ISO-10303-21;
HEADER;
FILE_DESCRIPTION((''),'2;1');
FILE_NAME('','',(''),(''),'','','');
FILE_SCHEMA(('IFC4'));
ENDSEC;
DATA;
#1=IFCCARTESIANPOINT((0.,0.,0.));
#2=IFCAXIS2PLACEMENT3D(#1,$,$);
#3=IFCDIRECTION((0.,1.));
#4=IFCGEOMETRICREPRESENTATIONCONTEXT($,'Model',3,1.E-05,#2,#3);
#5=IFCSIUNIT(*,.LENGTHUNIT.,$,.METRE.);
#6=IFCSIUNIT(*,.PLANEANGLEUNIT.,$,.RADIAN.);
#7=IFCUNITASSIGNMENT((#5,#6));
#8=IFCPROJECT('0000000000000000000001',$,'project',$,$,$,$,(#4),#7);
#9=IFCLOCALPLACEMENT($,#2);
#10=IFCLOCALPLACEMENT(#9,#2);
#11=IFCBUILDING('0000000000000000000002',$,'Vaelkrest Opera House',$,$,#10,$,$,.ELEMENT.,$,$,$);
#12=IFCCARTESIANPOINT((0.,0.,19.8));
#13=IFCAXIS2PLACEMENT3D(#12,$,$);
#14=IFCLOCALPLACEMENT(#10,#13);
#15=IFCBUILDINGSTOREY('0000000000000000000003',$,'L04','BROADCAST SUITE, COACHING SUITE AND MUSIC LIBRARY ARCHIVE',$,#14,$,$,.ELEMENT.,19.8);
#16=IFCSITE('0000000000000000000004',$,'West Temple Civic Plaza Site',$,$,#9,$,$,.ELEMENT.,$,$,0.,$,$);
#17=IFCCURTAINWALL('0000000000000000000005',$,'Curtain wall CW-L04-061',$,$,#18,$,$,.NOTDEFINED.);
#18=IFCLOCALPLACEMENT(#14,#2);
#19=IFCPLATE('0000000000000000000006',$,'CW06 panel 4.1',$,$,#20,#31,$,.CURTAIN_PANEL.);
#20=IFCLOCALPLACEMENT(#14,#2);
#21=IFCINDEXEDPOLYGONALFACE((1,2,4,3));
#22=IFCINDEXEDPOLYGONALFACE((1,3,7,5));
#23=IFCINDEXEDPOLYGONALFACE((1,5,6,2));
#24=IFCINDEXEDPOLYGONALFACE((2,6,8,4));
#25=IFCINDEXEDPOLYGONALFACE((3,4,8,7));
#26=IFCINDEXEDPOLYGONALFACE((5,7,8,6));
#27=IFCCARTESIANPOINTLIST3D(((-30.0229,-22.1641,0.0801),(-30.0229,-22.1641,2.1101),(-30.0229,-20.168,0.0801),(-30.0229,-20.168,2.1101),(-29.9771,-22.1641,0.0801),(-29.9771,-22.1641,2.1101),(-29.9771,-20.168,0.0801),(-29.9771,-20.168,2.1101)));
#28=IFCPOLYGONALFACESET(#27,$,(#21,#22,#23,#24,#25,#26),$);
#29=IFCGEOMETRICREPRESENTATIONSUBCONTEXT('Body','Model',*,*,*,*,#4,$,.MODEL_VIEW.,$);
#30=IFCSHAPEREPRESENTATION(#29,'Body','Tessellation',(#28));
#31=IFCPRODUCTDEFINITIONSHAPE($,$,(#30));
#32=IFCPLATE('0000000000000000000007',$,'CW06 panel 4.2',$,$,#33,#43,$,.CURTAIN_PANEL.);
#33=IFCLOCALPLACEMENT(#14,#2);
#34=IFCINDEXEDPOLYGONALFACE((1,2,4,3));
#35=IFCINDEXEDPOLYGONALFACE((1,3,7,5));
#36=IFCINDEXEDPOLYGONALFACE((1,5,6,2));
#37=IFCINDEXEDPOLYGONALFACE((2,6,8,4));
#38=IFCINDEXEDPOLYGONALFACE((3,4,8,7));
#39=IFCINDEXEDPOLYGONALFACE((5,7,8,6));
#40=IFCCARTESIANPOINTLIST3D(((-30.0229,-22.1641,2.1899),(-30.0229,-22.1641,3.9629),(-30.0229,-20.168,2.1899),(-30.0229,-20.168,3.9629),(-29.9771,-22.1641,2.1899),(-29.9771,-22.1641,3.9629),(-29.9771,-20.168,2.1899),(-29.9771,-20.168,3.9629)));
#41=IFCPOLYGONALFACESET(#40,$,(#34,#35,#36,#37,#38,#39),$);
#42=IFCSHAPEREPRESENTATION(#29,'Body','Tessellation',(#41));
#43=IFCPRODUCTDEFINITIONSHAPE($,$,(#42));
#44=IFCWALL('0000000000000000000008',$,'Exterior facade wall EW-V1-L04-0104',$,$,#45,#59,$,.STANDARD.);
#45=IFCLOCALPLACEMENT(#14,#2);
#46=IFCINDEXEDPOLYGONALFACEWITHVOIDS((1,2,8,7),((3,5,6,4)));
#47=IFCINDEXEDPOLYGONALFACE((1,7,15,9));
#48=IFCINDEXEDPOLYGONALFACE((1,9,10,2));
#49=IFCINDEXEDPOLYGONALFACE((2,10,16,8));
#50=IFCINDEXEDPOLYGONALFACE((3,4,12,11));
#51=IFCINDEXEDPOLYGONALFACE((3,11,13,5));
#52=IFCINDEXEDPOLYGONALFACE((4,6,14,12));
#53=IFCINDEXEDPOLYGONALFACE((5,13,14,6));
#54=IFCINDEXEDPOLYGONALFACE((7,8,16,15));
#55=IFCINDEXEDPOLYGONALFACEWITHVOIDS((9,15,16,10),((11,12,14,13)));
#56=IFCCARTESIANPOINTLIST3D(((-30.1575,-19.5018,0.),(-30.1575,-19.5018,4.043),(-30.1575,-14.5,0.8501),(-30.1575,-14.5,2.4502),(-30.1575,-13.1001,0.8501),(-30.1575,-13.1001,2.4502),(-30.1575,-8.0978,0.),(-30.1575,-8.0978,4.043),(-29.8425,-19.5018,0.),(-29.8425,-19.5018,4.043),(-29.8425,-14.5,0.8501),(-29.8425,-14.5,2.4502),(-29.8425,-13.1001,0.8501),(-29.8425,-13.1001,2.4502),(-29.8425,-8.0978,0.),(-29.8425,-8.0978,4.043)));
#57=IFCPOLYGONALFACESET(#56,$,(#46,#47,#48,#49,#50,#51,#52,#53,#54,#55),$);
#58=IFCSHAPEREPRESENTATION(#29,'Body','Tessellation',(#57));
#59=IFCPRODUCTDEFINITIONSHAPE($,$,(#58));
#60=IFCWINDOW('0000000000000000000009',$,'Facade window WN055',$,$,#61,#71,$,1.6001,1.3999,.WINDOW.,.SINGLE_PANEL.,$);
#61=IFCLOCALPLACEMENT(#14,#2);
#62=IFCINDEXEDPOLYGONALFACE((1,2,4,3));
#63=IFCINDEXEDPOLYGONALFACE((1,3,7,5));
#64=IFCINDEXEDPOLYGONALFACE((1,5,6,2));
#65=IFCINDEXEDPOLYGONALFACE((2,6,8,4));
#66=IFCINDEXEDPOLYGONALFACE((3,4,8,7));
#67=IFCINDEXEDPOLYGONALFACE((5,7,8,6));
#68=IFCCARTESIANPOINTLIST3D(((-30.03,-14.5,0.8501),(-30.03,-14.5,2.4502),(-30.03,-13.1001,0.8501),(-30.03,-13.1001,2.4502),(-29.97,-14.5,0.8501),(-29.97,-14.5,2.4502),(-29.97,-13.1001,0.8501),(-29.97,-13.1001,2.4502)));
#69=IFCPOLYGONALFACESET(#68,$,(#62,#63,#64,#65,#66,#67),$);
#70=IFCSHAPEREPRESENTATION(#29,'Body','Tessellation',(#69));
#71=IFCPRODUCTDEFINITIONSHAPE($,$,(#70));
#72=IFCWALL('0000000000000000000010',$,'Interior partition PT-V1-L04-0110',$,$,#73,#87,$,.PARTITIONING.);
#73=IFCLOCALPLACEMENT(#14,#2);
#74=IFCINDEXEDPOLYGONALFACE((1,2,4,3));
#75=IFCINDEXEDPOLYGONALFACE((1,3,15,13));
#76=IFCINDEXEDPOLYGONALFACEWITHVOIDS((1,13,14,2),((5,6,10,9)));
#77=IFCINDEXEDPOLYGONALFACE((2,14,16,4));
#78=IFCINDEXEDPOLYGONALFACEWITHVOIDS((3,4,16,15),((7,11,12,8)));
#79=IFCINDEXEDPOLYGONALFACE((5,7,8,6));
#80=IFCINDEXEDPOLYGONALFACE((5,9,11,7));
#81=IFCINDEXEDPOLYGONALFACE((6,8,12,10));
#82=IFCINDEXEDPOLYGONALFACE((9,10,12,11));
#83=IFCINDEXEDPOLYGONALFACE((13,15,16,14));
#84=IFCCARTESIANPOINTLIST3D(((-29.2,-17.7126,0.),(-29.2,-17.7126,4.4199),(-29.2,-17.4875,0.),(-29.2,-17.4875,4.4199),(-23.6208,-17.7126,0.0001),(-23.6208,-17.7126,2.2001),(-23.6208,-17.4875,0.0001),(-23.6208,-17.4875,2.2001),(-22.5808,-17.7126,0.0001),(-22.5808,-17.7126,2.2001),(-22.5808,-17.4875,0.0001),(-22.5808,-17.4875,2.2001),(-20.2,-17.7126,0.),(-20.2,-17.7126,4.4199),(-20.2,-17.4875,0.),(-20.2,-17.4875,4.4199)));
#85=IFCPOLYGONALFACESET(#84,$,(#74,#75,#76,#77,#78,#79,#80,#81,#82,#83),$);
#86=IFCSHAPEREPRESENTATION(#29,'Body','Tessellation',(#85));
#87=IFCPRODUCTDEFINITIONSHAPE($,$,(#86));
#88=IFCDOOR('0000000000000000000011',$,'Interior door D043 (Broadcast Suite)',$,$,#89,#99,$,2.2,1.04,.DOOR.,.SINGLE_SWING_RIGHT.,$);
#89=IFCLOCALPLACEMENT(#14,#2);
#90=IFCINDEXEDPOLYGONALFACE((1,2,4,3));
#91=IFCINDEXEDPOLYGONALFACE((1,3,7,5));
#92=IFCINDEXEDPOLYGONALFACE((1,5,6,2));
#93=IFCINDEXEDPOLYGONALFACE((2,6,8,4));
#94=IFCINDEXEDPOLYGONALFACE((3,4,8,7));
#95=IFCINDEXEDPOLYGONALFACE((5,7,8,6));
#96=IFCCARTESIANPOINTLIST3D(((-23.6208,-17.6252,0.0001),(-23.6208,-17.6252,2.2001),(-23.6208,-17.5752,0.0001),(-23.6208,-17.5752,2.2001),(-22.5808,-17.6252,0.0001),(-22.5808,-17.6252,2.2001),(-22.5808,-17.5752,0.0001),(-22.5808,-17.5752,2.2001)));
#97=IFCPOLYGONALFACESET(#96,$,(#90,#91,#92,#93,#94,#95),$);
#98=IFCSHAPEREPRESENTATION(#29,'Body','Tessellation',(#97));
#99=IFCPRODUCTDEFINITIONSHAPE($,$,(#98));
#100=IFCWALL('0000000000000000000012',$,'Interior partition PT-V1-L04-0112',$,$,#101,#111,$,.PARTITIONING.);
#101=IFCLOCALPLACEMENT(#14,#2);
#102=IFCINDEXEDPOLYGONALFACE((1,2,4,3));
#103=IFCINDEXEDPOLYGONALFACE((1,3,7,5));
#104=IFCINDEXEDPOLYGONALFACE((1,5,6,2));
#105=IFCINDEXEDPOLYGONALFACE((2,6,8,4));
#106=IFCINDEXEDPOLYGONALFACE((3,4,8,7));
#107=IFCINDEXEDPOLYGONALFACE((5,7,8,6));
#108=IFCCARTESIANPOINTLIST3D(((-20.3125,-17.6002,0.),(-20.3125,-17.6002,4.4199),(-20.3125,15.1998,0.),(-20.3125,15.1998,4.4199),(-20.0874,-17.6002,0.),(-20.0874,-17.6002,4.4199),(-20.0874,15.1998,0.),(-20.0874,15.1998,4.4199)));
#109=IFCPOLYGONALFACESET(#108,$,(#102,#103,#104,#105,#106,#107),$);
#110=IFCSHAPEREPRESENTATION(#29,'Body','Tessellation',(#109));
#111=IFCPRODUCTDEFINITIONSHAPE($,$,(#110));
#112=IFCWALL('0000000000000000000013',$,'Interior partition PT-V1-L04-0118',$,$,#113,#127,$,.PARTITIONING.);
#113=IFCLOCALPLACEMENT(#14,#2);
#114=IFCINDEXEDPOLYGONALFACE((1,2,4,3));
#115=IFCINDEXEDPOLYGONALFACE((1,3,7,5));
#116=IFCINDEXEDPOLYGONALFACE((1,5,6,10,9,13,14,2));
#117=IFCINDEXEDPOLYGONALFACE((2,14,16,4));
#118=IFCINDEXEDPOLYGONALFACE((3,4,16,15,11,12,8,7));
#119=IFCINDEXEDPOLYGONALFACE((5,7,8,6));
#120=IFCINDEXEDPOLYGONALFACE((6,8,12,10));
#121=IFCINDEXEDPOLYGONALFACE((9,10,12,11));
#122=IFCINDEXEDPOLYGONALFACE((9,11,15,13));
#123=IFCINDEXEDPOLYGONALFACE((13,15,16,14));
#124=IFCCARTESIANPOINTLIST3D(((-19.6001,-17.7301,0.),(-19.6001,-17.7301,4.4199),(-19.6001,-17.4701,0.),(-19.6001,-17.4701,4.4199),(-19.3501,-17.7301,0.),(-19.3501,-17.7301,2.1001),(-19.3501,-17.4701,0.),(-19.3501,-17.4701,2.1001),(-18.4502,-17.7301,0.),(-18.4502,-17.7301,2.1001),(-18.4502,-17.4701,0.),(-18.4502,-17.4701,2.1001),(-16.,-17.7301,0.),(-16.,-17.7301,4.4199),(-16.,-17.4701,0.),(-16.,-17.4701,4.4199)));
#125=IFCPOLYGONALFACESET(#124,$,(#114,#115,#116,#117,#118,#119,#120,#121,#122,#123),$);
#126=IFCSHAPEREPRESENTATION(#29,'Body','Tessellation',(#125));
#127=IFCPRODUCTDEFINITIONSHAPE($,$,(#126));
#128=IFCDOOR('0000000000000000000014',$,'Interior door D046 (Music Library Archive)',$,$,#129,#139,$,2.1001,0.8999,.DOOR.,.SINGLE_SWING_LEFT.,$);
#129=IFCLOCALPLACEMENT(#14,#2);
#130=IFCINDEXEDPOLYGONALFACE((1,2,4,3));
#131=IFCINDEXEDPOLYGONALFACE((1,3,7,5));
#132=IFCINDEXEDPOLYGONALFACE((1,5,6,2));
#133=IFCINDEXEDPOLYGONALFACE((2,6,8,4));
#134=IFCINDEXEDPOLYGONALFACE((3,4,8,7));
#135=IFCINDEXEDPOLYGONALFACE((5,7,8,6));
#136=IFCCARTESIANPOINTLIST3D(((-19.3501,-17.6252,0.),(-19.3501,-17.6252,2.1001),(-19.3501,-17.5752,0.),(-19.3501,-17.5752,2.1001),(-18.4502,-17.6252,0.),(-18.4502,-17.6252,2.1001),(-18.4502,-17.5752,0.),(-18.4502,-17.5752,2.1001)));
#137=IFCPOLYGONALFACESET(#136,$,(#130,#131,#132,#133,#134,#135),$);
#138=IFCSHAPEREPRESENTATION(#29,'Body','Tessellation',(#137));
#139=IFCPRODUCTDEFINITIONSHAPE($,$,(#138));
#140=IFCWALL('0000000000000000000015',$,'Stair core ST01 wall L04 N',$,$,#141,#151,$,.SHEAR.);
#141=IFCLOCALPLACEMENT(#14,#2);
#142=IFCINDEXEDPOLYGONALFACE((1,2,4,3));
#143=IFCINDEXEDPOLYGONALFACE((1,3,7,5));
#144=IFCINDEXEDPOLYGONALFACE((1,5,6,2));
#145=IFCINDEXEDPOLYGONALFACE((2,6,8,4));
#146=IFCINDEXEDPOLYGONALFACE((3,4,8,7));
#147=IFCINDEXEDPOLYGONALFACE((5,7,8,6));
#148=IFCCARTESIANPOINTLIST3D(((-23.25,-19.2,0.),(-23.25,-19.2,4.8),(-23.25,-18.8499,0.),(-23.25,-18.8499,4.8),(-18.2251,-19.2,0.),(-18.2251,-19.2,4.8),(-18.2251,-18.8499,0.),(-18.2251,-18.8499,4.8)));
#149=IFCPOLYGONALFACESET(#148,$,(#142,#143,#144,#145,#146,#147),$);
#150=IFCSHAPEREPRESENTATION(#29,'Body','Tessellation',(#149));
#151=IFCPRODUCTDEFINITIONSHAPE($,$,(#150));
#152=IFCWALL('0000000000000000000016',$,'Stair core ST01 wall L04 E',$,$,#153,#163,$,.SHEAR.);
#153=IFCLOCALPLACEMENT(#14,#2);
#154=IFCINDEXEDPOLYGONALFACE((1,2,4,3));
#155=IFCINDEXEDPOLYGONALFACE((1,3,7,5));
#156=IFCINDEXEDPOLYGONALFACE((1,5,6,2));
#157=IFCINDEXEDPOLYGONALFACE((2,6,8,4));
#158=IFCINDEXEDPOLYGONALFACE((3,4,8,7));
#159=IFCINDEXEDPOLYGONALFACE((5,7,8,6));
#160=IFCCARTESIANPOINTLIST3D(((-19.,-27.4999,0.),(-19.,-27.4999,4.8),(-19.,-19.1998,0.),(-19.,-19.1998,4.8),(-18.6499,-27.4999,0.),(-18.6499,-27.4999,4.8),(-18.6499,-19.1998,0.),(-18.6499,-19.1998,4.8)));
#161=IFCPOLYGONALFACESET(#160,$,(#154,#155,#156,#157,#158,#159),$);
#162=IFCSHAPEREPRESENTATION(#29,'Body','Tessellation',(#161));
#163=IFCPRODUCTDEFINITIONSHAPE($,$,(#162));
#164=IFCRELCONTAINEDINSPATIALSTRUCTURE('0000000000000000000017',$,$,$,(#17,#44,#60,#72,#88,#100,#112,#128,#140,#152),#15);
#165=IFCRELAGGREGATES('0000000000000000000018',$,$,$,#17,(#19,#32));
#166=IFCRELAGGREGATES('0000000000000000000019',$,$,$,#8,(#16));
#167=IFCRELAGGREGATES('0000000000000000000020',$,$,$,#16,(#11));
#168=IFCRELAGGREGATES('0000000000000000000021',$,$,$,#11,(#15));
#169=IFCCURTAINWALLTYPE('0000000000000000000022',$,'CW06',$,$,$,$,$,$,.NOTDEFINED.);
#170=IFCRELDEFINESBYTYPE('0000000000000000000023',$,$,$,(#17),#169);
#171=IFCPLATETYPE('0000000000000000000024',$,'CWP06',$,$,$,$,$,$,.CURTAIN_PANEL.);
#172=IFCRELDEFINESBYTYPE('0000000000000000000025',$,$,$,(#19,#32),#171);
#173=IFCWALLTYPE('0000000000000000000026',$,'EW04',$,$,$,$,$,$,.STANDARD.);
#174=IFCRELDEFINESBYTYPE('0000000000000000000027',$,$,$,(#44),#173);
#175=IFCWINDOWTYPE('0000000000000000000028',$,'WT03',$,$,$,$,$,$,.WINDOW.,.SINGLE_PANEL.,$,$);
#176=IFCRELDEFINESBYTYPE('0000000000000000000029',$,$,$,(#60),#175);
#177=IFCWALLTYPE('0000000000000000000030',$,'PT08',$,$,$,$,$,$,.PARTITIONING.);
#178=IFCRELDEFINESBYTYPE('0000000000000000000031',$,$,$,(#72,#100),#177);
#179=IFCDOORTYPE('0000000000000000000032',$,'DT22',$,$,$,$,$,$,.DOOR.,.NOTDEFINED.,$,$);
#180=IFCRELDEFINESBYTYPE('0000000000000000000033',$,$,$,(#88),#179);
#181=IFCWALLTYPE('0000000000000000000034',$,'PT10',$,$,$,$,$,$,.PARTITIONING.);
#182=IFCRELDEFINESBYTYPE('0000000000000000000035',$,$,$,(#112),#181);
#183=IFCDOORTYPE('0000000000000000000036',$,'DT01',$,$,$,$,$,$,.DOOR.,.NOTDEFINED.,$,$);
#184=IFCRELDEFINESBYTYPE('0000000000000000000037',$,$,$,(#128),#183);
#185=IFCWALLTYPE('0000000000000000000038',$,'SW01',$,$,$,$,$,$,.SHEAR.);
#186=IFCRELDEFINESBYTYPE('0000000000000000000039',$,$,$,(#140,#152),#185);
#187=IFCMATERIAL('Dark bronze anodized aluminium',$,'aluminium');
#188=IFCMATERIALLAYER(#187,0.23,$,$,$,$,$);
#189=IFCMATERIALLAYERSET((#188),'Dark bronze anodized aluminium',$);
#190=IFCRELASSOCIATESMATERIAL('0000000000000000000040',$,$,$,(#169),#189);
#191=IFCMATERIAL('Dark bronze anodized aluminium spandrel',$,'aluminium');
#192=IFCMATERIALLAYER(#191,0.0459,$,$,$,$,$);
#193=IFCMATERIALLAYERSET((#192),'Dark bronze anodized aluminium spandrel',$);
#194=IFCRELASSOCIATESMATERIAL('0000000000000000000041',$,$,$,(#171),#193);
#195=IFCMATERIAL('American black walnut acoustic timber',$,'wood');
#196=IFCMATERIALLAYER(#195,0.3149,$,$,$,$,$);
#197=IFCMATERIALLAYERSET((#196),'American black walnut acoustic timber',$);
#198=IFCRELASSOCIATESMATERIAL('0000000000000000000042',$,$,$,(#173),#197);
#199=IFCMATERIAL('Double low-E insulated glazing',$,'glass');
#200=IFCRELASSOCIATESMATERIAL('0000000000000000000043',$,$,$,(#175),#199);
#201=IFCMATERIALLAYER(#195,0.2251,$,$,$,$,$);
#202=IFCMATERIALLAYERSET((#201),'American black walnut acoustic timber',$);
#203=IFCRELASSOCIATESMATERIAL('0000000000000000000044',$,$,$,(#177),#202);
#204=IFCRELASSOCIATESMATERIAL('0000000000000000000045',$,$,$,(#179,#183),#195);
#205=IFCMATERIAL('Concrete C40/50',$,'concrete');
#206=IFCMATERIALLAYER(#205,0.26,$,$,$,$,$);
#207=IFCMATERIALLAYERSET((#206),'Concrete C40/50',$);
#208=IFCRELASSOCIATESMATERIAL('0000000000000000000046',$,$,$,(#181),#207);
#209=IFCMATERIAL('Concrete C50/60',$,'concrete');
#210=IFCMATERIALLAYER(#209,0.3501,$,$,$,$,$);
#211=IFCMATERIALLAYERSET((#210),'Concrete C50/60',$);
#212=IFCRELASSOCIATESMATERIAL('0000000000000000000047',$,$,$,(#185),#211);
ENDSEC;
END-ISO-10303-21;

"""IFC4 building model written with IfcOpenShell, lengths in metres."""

from ifc_helpers import new_model, si_unit, direction, frame, frame_2d, origin, origin_2d, place, context, subcontext, project, spatial, rectangle, extrude, material, layer, layer_set, type_object, element, fill, aggregate, save


model = new_model("IFC4")

# Units and contexts
model_context = context("Model", 3, precision=1e-05, world=origin(), true_north=direction((0.0, 1.0)))
body_context = subcontext(model_context, "Body", "Model", "MODEL_VIEW")
ifc_project = project(units=[si_unit("LENGTHUNIT", "METRE"), si_unit("PLANEANGLEUNIT", "RADIAN")], contexts=[model_context])

# Site, building, storey
site_placement = place(None, origin())
site = spatial("IfcSite", under=ifc_project, at=site_placement, Name="West Temple Civic Plaza Site", CompositionType="ELEMENT", RefElevation=0.0)
building_placement = place(site_placement, origin())
building = spatial("IfcBuilding", under=site, at=building_placement, Name="Vaelkrest Opera House", CompositionType="ELEMENT")
storey_placement = place(building_placement, frame((0.0, 0.0, 19.8)))
storey = spatial("IfcBuildingStorey", under=building, at=storey_placement, Name="L04", Description="BROADCAST SUITE, COACHING SUITE AND MUSIC LIBRARY ARCHIVE", CompositionType="ELEMENT", Elevation=19.8)

# Shared definitions
ifc_material_1 = material(Name="Concrete C50/60", Category="concrete")

# Curtain wall
ifc_material_2 = material(Name="Dark bronze anodized aluminium", Category="aluminium")
ifc_layer_1 = layer(ifc_material_2, 0.23)
ifc_layer_set_1 = layer_set([ifc_layer_1], Name="Dark bronze anodized aluminium")
curtain_wall_type = type_object("IfcCurtainWallType", Name="CW06", PredefinedType="NOTDEFINED", material=ifc_layer_set_1)
curtain_wall_placement = place(storey_placement, origin())
curtain_wall = element("IfcCurtainWall", 1, at=curtain_wall_placement, inside=storey, type_object=curtain_wall_type, Name="Curtain wall CW-L04-061", PredefinedType="NOTDEFINED")

# Plates
ifc_material_3 = material(Name="Dark bronze anodized aluminium spandrel", Category="aluminium")
ifc_layer_2 = layer(ifc_material_3, 0.0459)
ifc_layer_set_2 = layer_set([ifc_layer_2], Name="Dark bronze anodized aluminium spandrel")
plate_type = type_object("IfcPlateType", Name="CWP06", PredefinedType="CURTAIN_PANEL", material=ifc_layer_set_2)
plate_1_placement = place(storey_placement, frame((-30.0, -21.166, 0.0801), z_axis=(0.0, 0.0, 1.0), x_axis=(0.0, 1.0, 0.0)))
plate_1 = element("IfcPlate", 2, at=plate_1_placement, type_object=plate_type, Name="CW06 panel 4.1", PredefinedType="CURTAIN_PANEL", context=body_context, shape_type="SweptSolid", body=[
    extrude(rectangle(XDim=1.9961, YDim=0.0459, at=origin_2d()), origin(), (0.0, 0.0, 1.0), 2.03),
])
plate_2_placement = place(storey_placement, frame((-30.0, -21.166, 2.1899), z_axis=(0.0, 0.0, 1.0), x_axis=(0.0, 1.0, 0.0)))
plate_2 = element("IfcPlate", 3, at=plate_2_placement, type_object=plate_type, Name="CW06 panel 4.2", PredefinedType="CURTAIN_PANEL", context=body_context, shape_type="SweptSolid", body=[
    extrude(rectangle(XDim=1.9961, YDim=0.0459, at=origin_2d()), origin(), (0.0, 0.0, 1.0), 1.7729),
])
aggregate(curtain_wall, [plate_1, plate_2])

# Wall, opening, window
ifc_material_4 = material(Name="American black walnut acoustic timber", Category="wood")
ifc_layer_3 = layer(ifc_material_4, 0.3149)
ifc_layer_set_3 = layer_set([ifc_layer_3], Name="American black walnut acoustic timber")
wall_type_1 = type_object("IfcWallType", Name="EW04", PredefinedType="STANDARD", material=ifc_layer_set_3)
wall_1_placement = place(storey_placement, frame((-30.0, -19.502, 0.0), z_axis=(0.0, 0.0, 1.0), x_axis=(0.0, 1.0, 0.0)))
wall_1 = element("IfcWall", 4, at=wall_1_placement, inside=storey, type_object=wall_type_1, Name="Exterior facade wall EW-V1-L04-0104", PredefinedType="STANDARD", context=body_context, shape_type="SweptSolid", body=[
    extrude(rectangle(XDim=11.4041, YDim=0.3149, at=frame_2d((5.7021, 0.0))), origin(), (0.0, 0.0, 1.0), 4.043),
])
opening_1_placement = place(wall_1_placement, frame((5.002, 0.0, 0.8501)))
opening_1 = element("IfcOpeningElement", 5, at=opening_1_placement, cuts=wall_1, PredefinedType="OPENING", context=body_context, shape_type="SweptSolid", body=[
    extrude(rectangle(XDim=1.3999, YDim=1.6001, at=frame_2d((0.7, 0.8))), frame((0.0, 0.1675, 0.0), z_axis=(0.0, -1.0, 0.0), x_axis=(1.0, 0.0, 0.0)), (0.0, 0.0, 1.0), 0.335),
])
ifc_material_5 = material(Name="Double low-E insulated glazing", Category="glass")
window_type = type_object("IfcWindowType", Name="WT03", PartitioningType="SINGLE_PANEL", PredefinedType="WINDOW", material=ifc_material_5)
window_placement = place(opening_1_placement, origin())
window = element("IfcWindow", 6, at=window_placement, inside=storey, type_object=window_type, Name="Facade window WN055", OverallHeight=1.6001, OverallWidth=1.3999, PartitioningType="SINGLE_PANEL", PredefinedType="WINDOW", context=body_context, shape_type="SweptSolid", body=[
    extrude(rectangle(XDim=1.3999, YDim=1.6001, at=frame_2d((0.7, 0.8))), frame((0.0, 0.03, 0.0), z_axis=(0.0, -1.0, 0.0), x_axis=(1.0, 0.0, 0.0)), (0.0, 0.0, 1.0), 0.0601),
])
fill(opening_1, window)

# Wall, opening, door
ifc_layer_4 = layer(ifc_material_4, 0.2251)
ifc_layer_set_4 = layer_set([ifc_layer_4], Name="American black walnut acoustic timber")
wall_type_2 = type_object("IfcWallType", Name="PT08", PredefinedType="PARTITIONING", material=ifc_layer_set_4)
wall_2_placement = place(storey_placement, frame((-29.2, -17.6001, 0.0), z_axis=(0.0, 0.0, 1.0), x_axis=(1.0, 0.0, 0.0)))
wall_2 = element("IfcWall", 7, at=wall_2_placement, inside=storey, type_object=wall_type_2, Name="Interior partition PT-V1-L04-0110", PredefinedType="PARTITIONING", context=body_context, shape_type="SweptSolid", body=[
    extrude(rectangle(XDim=9.0, YDim=0.2251, at=frame_2d((4.5, 0.0))), origin(), (0.0, 0.0, 1.0), 4.4199),
])
opening_2_placement = place(wall_2_placement, frame((5.5791, 0.0, 0.0)))
opening_2 = element("IfcOpeningElement", 8, at=opening_2_placement, cuts=wall_2, PredefinedType="OPENING", context=body_context, shape_type="SweptSolid", body=[
    extrude(rectangle(XDim=1.04, YDim=2.2, at=frame_2d((0.52, 1.1001))), frame((0.0, 0.1226, 0.0), z_axis=(0.0, -1.0, 0.0), x_axis=(1.0, 0.0, 0.0)), (0.0, 0.0, 1.0), 0.2451),
])
door_type_1 = type_object("IfcDoorType", Name="DT22", OperationType="NOTDEFINED", PredefinedType="DOOR", material=ifc_material_4)
door_1_placement = place(opening_2_placement, origin())
door_1 = element("IfcDoor", 9, at=door_1_placement, inside=storey, type_object=door_type_1, Name="Interior door D043 (Broadcast Suite)", OperationType="SINGLE_SWING_RIGHT", OverallHeight=2.2, OverallWidth=1.04, PredefinedType="DOOR", context=body_context, shape_type="SweptSolid", body=[
    extrude(rectangle(XDim=1.04, YDim=2.2, at=frame_2d((0.52, 1.1001))), frame((0.0, 0.0249, 0.0), z_axis=(0.0, -1.0, 0.0), x_axis=(1.0, 0.0, 0.0)), (0.0, 0.0, 1.0), 0.05),
])
fill(opening_2, door_1)

# Wall
wall_3_placement = place(storey_placement, frame((-20.2, -17.6001, 0.0), z_axis=(0.0, 0.0, 1.0), x_axis=(0.0, 1.0, 0.0)))
element("IfcWall", 10, at=wall_3_placement, inside=storey, type_object=wall_type_2, Name="Interior partition PT-V1-L04-0112", PredefinedType="PARTITIONING", context=body_context, shape_type="SweptSolid", body=[
    extrude(rectangle(XDim=32.8, YDim=0.2251, at=frame_2d((16.3999, 0.0))), origin(), (0.0, 0.0, 1.0), 4.4199),
])

# Wall, opening, door
ifc_material_6 = material(Name="Concrete C40/50", Category="concrete")
ifc_layer_5 = layer(ifc_material_6, 0.26)
ifc_layer_set_5 = layer_set([ifc_layer_5], Name="Concrete C40/50")
wall_type_3 = type_object("IfcWallType", Name="PT10", PredefinedType="PARTITIONING", material=ifc_layer_set_5)
wall_4_placement = place(storey_placement, frame((-19.6001, -17.6001, 0.0), z_axis=(0.0, 0.0, 1.0), x_axis=(1.0, 0.0, 0.0)))
wall_4 = element("IfcWall", 11, at=wall_4_placement, inside=storey, type_object=wall_type_3, Name="Interior partition PT-V1-L04-0118", PredefinedType="PARTITIONING", context=body_context, shape_type="SweptSolid", body=[
    extrude(rectangle(XDim=3.6001, YDim=0.26, at=frame_2d((1.8, 0.0))), origin(), (0.0, 0.0, 1.0), 4.4199),
])
opening_3_placement = place(wall_4_placement, frame((0.25, 0.0, 0.0)))
opening_3 = element("IfcOpeningElement", 12, at=opening_3_placement, cuts=wall_4, PredefinedType="OPENING", context=body_context, shape_type="SweptSolid", body=[
    extrude(rectangle(XDim=0.8999, YDim=2.1001, at=frame_2d((0.45, 1.05))), frame((0.0, 0.1399, 0.0), z_axis=(0.0, -1.0, 0.0), x_axis=(1.0, 0.0, 0.0)), (0.0, 0.0, 1.0), 0.28),
])
door_type_2 = type_object("IfcDoorType", Name="DT01", OperationType="NOTDEFINED", PredefinedType="DOOR", material=ifc_material_4)
door_2_placement = place(opening_3_placement, origin())
door_2 = element("IfcDoor", 13, at=door_2_placement, inside=storey, type_object=door_type_2, Name="Interior door D046 (Music Library Archive)", OperationType="SINGLE_SWING_LEFT", OverallHeight=2.1001, OverallWidth=0.8999, PredefinedType="DOOR", context=body_context, shape_type="SweptSolid", body=[
    extrude(rectangle(XDim=0.8999, YDim=2.1001, at=frame_2d((0.45, 1.05))), frame((0.0, 0.0249, 0.0), z_axis=(0.0, -1.0, 0.0), x_axis=(1.0, 0.0, 0.0)), (0.0, 0.0, 1.0), 0.05),
])
fill(opening_3, door_2)

# Walls
ifc_layer_6 = layer(ifc_material_1, 0.3501)
ifc_layer_set_6 = layer_set([ifc_layer_6], Name="Concrete C50/60")
wall_type_4 = type_object("IfcWallType", Name="SW01", PredefinedType="SHEAR", material=ifc_layer_set_6)
wall_5_placement = place(storey_placement, frame((-23.25, -19.0249, 0.0), z_axis=(0.0, 0.0, 1.0), x_axis=(1.0, 0.0, 0.0)))
element("IfcWall", 14, at=wall_5_placement, inside=storey, type_object=wall_type_4, Name="Stair core ST01 wall L04 N", PredefinedType="SHEAR", context=body_context, shape_type="SweptSolid", body=[
    extrude(rectangle(XDim=5.0249, YDim=0.3501, at=frame_2d((2.5125, 0.0))), origin(), (0.0, 0.0, 1.0), 4.8),
])
wall_6_placement = place(storey_placement, frame((-18.825, -19.2, 0.0), z_axis=(0.0, 0.0, 1.0), x_axis=(0.0, -1.0, 0.0)))
element("IfcWall", 15, at=wall_6_placement, inside=storey, type_object=wall_type_4, Name="Stair core ST01 wall L04 E", PredefinedType="SHEAR", context=body_context, shape_type="SweptSolid", body=[
    extrude(rectangle(XDim=8.3, YDim=0.3501, at=frame_2d((4.1499, 0.0))), origin(), (0.0, 0.0, 1.0), 4.8),
])

save(model, "model.ifc")
